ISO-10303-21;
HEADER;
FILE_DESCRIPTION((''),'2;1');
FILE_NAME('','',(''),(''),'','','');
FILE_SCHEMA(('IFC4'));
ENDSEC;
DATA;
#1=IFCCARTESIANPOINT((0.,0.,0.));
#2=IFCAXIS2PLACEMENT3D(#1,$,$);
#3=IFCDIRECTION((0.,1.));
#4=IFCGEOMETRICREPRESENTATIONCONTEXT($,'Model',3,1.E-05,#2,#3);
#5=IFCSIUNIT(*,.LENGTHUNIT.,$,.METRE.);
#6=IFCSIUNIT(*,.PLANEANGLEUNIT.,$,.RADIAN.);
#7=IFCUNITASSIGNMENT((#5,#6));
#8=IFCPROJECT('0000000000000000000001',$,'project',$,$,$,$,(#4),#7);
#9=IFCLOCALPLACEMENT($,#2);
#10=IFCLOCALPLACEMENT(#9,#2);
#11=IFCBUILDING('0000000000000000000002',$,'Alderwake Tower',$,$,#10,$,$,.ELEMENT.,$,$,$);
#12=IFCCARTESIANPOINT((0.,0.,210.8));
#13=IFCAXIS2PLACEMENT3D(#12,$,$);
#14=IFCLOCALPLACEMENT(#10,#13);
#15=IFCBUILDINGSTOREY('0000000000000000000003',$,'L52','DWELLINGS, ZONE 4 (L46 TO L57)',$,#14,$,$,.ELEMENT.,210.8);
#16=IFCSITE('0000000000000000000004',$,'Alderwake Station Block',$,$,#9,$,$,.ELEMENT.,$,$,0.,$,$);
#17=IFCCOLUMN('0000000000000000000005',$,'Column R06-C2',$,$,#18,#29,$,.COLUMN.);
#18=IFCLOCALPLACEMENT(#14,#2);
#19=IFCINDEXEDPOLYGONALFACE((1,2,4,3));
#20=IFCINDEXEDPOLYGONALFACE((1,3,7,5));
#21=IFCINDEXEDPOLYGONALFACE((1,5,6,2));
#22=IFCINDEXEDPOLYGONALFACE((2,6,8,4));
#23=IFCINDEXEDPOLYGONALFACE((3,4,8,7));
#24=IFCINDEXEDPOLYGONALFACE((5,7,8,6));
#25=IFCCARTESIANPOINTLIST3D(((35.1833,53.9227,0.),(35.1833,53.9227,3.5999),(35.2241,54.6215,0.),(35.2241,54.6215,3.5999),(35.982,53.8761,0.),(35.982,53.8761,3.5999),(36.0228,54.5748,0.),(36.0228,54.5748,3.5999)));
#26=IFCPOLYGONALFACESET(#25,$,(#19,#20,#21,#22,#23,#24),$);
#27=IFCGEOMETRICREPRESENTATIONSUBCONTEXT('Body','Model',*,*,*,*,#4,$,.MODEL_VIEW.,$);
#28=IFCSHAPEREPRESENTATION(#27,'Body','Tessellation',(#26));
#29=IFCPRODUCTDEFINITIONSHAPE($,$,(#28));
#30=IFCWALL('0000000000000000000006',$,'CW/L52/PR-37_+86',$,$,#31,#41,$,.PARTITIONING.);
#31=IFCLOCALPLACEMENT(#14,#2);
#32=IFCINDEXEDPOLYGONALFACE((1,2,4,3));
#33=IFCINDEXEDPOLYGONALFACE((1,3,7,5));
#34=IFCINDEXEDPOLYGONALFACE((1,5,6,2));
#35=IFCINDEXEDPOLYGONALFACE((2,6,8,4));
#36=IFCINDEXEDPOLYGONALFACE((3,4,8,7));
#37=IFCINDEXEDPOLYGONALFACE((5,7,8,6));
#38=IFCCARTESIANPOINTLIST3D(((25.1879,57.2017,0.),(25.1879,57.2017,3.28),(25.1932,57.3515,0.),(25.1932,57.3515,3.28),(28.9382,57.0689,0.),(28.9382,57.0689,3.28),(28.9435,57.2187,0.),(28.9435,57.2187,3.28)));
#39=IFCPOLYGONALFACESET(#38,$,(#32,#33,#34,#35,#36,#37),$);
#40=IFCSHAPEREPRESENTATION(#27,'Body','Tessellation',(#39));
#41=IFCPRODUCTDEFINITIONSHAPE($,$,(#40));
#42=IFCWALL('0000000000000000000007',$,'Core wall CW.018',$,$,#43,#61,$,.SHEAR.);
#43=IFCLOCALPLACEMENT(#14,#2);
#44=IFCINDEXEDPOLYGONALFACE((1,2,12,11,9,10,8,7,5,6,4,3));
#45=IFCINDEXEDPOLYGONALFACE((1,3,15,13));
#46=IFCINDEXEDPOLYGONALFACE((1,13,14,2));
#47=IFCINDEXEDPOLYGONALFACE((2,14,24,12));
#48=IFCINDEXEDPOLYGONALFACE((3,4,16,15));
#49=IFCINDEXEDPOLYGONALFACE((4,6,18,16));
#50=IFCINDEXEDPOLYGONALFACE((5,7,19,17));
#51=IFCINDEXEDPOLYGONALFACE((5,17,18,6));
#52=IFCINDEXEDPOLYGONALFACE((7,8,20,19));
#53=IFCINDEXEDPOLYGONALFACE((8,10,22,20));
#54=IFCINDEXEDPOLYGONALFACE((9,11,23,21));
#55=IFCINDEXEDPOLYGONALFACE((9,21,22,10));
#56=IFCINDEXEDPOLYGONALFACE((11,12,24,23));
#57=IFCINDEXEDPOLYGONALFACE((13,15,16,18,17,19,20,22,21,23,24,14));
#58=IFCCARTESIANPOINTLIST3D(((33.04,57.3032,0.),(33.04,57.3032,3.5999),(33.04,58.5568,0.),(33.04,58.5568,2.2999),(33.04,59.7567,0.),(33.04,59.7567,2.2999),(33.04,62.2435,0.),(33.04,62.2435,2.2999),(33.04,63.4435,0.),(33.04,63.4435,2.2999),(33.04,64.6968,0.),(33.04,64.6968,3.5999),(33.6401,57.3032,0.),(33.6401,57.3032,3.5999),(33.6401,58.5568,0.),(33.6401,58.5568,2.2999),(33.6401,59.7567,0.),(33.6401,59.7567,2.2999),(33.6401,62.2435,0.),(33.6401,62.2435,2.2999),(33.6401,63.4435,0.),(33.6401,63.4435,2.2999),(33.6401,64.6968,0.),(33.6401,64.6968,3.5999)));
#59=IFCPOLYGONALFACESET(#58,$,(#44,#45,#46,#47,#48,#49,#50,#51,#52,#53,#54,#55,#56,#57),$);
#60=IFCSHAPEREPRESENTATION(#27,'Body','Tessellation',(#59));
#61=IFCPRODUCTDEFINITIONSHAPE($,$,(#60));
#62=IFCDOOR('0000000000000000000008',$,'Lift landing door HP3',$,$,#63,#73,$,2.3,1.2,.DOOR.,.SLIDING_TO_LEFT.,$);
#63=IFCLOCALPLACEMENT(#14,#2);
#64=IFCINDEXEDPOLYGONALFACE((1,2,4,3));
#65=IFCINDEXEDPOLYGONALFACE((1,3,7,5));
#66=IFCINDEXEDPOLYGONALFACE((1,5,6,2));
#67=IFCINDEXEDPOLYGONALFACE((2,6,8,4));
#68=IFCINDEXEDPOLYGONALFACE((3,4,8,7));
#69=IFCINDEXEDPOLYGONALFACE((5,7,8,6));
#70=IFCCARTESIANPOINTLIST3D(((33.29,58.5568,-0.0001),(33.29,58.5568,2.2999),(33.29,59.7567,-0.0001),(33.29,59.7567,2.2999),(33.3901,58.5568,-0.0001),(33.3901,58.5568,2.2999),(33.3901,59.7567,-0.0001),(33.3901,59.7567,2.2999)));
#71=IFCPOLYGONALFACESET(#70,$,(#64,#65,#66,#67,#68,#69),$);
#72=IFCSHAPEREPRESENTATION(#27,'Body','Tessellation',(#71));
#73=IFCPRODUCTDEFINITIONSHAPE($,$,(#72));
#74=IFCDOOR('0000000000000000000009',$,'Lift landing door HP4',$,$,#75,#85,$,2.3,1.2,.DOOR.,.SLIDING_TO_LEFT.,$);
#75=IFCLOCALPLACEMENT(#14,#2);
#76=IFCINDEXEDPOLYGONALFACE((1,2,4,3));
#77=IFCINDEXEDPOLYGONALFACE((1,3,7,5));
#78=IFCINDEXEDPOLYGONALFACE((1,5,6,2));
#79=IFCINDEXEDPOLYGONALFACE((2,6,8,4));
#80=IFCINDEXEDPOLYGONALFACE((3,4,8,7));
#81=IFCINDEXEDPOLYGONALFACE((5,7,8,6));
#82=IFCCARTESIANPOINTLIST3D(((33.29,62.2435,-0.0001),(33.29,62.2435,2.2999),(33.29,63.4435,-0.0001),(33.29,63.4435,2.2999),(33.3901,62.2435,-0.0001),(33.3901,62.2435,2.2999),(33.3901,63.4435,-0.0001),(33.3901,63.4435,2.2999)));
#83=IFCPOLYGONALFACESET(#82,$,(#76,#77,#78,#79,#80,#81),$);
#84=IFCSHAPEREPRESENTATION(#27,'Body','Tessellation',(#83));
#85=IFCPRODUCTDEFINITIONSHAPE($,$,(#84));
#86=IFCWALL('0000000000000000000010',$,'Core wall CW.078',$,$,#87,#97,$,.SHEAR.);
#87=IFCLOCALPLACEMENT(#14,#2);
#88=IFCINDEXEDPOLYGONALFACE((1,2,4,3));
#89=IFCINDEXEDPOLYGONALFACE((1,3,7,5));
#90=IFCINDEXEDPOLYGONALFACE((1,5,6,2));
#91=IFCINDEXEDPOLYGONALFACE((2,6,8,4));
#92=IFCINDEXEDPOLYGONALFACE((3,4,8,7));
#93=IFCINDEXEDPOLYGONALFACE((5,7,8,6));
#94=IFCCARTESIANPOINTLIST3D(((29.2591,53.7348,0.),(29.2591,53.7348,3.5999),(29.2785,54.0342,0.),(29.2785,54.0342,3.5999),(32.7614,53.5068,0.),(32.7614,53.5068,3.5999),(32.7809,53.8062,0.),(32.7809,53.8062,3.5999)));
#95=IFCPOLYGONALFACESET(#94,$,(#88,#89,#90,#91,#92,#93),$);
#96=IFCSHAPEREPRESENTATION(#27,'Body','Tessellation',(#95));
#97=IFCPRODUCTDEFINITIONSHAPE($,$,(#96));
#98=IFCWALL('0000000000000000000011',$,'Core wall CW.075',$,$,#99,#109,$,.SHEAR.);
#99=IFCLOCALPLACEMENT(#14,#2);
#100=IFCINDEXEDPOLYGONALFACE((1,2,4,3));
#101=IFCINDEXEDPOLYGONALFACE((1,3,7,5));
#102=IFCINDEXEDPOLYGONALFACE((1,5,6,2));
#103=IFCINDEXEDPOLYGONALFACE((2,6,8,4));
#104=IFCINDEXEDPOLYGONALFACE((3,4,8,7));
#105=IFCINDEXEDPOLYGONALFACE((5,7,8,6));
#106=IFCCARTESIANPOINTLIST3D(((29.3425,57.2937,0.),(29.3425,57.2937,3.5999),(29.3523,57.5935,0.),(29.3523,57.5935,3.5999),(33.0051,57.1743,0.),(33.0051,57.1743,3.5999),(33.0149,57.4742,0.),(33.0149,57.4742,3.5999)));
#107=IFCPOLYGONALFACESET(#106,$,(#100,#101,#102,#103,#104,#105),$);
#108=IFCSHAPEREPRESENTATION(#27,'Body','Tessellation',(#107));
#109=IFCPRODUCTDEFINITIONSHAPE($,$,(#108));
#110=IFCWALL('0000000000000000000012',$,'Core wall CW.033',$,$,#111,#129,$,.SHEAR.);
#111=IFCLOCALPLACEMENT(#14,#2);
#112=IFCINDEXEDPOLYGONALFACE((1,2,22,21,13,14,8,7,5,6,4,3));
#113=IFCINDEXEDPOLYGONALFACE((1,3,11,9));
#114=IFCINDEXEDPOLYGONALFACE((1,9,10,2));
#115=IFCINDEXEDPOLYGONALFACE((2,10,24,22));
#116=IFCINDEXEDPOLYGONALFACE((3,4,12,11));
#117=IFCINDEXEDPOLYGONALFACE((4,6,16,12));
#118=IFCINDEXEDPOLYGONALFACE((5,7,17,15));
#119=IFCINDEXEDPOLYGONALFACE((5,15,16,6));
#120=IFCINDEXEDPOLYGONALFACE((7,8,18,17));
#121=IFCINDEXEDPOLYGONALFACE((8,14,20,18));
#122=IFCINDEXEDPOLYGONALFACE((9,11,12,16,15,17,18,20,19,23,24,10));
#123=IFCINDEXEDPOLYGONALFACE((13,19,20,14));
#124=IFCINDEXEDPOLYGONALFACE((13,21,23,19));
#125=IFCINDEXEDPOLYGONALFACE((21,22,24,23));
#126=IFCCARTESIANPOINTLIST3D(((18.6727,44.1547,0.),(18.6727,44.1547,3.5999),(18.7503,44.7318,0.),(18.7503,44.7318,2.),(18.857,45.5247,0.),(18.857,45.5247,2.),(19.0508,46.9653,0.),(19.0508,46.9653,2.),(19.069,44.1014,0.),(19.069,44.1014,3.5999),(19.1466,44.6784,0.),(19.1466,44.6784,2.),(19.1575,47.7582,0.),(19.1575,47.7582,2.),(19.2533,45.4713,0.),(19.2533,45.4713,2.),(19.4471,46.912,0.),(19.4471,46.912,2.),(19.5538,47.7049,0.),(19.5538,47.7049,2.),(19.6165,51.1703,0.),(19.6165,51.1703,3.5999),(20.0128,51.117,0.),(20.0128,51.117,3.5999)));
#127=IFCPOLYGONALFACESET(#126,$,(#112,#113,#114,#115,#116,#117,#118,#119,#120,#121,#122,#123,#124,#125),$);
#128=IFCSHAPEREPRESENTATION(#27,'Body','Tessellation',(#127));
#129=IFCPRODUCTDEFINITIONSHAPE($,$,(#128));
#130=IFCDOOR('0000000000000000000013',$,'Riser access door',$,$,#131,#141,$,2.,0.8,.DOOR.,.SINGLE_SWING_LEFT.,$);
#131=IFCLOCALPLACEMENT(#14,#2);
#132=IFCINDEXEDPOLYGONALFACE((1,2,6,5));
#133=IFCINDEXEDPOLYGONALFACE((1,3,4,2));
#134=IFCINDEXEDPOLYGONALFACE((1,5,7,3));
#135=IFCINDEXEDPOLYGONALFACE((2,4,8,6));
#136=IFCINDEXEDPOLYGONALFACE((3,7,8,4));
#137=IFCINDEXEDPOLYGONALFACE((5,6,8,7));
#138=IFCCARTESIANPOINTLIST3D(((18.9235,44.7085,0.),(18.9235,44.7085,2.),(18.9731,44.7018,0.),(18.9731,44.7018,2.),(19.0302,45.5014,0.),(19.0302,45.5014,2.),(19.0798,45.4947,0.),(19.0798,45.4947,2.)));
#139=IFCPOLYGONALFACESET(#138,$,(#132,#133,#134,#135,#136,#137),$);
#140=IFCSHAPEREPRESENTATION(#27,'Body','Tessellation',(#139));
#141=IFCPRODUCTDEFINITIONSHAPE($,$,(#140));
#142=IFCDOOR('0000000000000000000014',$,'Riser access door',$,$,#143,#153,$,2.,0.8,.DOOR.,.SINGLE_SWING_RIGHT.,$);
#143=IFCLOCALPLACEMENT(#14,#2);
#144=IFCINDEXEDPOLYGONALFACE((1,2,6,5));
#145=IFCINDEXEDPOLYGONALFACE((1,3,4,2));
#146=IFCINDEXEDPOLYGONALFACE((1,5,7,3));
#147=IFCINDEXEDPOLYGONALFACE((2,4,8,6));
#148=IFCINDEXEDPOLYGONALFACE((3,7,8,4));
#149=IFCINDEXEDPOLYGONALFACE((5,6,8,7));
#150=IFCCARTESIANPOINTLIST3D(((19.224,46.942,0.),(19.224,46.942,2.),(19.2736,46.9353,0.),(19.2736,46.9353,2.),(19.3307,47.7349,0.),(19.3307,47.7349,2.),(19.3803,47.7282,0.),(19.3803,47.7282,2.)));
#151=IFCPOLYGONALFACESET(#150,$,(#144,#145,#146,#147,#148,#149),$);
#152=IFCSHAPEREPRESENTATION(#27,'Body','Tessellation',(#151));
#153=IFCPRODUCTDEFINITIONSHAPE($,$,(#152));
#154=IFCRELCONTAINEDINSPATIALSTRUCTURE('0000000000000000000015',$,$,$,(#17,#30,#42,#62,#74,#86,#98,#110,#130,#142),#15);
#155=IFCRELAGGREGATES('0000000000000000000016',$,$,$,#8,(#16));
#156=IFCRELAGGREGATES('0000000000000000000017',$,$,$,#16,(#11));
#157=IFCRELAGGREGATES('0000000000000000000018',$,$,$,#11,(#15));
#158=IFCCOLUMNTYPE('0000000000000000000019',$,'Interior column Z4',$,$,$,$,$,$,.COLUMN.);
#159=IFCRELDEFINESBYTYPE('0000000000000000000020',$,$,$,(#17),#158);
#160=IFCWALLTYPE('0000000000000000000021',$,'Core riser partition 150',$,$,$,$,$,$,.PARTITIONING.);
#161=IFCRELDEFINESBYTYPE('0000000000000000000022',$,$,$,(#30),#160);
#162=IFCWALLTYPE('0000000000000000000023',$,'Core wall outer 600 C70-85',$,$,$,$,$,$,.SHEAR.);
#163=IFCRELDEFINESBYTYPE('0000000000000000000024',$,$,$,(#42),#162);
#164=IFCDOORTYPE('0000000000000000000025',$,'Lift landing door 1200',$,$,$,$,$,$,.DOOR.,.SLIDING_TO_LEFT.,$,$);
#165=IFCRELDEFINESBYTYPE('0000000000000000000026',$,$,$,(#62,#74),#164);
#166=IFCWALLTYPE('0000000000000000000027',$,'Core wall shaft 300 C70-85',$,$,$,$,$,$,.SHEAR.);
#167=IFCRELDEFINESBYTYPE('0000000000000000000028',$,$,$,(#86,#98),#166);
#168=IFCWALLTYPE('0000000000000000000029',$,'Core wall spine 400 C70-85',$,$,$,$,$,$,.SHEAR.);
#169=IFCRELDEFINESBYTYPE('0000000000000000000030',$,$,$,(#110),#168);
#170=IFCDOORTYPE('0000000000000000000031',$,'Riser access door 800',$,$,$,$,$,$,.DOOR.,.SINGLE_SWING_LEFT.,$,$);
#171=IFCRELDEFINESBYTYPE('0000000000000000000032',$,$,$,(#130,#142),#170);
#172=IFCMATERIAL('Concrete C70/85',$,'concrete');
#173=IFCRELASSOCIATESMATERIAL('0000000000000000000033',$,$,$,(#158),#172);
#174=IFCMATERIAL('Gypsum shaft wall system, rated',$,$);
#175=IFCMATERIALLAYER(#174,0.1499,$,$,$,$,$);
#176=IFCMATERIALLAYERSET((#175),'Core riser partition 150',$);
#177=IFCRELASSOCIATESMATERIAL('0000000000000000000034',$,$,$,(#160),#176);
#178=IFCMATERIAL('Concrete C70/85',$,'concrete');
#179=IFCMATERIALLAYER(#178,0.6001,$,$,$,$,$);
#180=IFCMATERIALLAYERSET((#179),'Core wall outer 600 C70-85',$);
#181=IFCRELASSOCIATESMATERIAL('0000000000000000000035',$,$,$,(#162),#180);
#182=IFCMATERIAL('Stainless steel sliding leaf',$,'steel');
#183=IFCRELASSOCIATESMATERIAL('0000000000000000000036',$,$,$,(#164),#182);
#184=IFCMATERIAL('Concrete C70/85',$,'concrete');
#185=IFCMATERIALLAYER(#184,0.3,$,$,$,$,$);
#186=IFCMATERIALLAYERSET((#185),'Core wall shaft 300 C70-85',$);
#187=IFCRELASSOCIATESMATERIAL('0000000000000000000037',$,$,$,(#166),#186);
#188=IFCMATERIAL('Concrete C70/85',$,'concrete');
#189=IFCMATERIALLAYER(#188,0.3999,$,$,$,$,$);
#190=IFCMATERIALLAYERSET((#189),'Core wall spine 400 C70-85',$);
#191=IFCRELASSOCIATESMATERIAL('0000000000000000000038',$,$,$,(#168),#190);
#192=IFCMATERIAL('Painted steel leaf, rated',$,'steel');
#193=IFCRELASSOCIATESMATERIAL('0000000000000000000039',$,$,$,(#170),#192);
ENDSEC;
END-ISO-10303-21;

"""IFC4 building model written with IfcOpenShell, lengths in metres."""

from ifc_helpers import new_model, si_unit, direction, frame, frame_2d, origin, origin_2d, place, context, subcontext, project, spatial, rectangle, extrude, material, layer, layer_set, material_profile, profile_set, type_object, element, fill, save


model = new_model("IFC4")

# Units and contexts
model_context = context("Model", 3, precision=1e-05, world=origin(), true_north=direction((0.0, 1.0)))
body_context = subcontext(model_context, "Body", "Model", "MODEL_VIEW")
ifc_project = project(units=[si_unit("LENGTHUNIT", "METRE"), si_unit("PLANEANGLEUNIT", "RADIAN")], contexts=[model_context])

# Site, building, storey
site_placement = place(None, origin())
site = spatial("IfcSite", under=ifc_project, at=site_placement, Name="Alderwake Station Block", CompositionType="ELEMENT", RefElevation=0.0)
building_placement = place(site_placement, origin())
building = spatial("IfcBuilding", under=site, at=building_placement, Name="Alderwake Tower", CompositionType="ELEMENT")
storey_placement = place(building_placement, frame((0.0, 0.0, 210.8)))
storey = spatial("IfcBuildingStorey", under=building, at=storey_placement, Name="L52", Description="DWELLINGS, ZONE 4 (L46 TO L57)", CompositionType="ELEMENT", Elevation=210.8)

# Column
ifc_material_1 = material(Name="Concrete C70/85", Category="concrete")
ifc_material_profile = material_profile(ifc_material_1, rectangle(XDim=0.7, YDim=0.8, at=origin_2d()), Name="RC 800X700")
ifc_profile_set = profile_set([ifc_material_profile], Name="Concrete C70/85")
column_type = type_object("IfcColumnType", Name="Interior column Z4", PredefinedType="COLUMN", material=ifc_profile_set)
column_placement = place(storey_placement, frame((35.603, 54.2488, 0.0), z_axis=(0.0, 0.0, 1.0), x_axis=(0.058301, 0.998299, 0.0)))
element("IfcColumn", 1, at=column_placement, inside=storey, type_object=column_type, Name="Column R06-C2", PredefinedType="COLUMN", context=body_context, shape_type="SweptSolid", body=[
    extrude(rectangle(XDim=0.7, YDim=0.8, at=origin_2d()), origin(), (0.0, 0.0, 1.0), 3.5999),
])

# Wall
ifc_material_2 = material(Name="Gypsum shaft wall system, rated")
ifc_layer_1 = layer(ifc_material_2, 0.1499)
ifc_layer_set_1 = layer_set([ifc_layer_1], Name="Core riser partition 150")
wall_type_1 = type_object("IfcWallType", Name="Core riser partition 150", PredefinedType="PARTITIONING", material=ifc_layer_set_1)
wall_1_placement = place(storey_placement, frame((25.1904, 57.2766, 0.0), z_axis=(0.0, 0.0, 1.0), x_axis=(0.999374, -0.035392, 0.0)))
element("IfcWall", 2, at=wall_1_placement, inside=storey, type_object=wall_type_1, Name="CW/L52/PR-37_+86", PredefinedType="PARTITIONING", context=body_context, shape_type="SweptSolid", body=[
    extrude(rectangle(XDim=3.7527, YDim=0.1499, at=frame_2d((1.8765, 0.0))), origin(), (0.0, 0.0, 1.0), 3.28),
])

# Wall, openings, doors
ifc_material_3 = material(Name="Concrete C70/85", Category="concrete")
ifc_layer_2 = layer(ifc_material_3, 0.6001)
ifc_layer_set_2 = layer_set([ifc_layer_2], Name="Core wall outer 600 C70-85")
wall_type_2 = type_object("IfcWallType", Name="Core wall outer 600 C70-85", PredefinedType="SHEAR", material=ifc_layer_set_2)
wall_2_placement = place(storey_placement, frame((33.3401, 57.3032, 0.0), z_axis=(0.0, 0.0, 1.0), x_axis=(0.0, 1.0, 0.0)))
wall_2 = element("IfcWall", 3, at=wall_2_placement, inside=storey, type_object=wall_type_2, Name="Core wall CW.018", PredefinedType="SHEAR", context=body_context, shape_type="SweptSolid", body=[
    extrude(rectangle(XDim=7.3936, YDim=0.6001, at=frame_2d((3.6968, 0.0))), origin(), (0.0, 0.0, 1.0), 3.5999),
])
opening_1_placement = place(wall_2_placement, frame((1.2534, 0.0, 0.0)))
opening_1 = element("IfcOpeningElement", 4, at=opening_1_placement, cuts=wall_2, PredefinedType="OPENING", context=body_context, shape_type="SweptSolid", body=[
    extrude(rectangle(XDim=1.2, YDim=2.3, at=frame_2d((0.6001, 1.1499))), frame((0.0, 0.3101, 0.0), z_axis=(0.0, -1.0, 0.0), x_axis=(1.0, 0.0, 0.0)), (0.0, 0.0, 1.0), 0.6201),
])
opening_2_placement = place(wall_2_placement, frame((4.9402, 0.0, 0.0)))
opening_2 = element("IfcOpeningElement", 5, at=opening_2_placement, cuts=wall_2, PredefinedType="OPENING", context=body_context, shape_type="SweptSolid", body=[
    extrude(rectangle(XDim=1.2, YDim=2.3, at=frame_2d((0.6001, 1.1499))), frame((0.0, 0.3101, 0.0), z_axis=(0.0, -1.0, 0.0), x_axis=(1.0, 0.0, 0.0)), (0.0, 0.0, 1.0), 0.6201),
])
ifc_material_4 = material(Name="Stainless steel sliding leaf", Category="steel")
door_type_1 = type_object("IfcDoorType", Name="Lift landing door 1200", OperationType="SLIDING_TO_LEFT", PredefinedType="DOOR", material=ifc_material_4)
door_1_placement = place(opening_1_placement, origin())
door_1 = element("IfcDoor", 6, at=door_1_placement, inside=storey, type_object=door_type_1, Name="Lift landing door HP3", OperationType="SLIDING_TO_LEFT", OverallHeight=2.3, OverallWidth=1.2, PredefinedType="DOOR", context=body_context, shape_type="SweptSolid", body=[
    extrude(rectangle(XDim=1.2, YDim=2.3, at=frame_2d((0.6001, 1.1499))), frame((0.0, 0.05, 0.0), z_axis=(0.0, -1.0, 0.0), x_axis=(1.0, 0.0, 0.0)), (0.0, 0.0, 1.0), 0.1001),
])
fill(opening_1, door_1)
door_2_placement = place(opening_2_placement, origin())
door_2 = element("IfcDoor", 7, at=door_2_placement, inside=storey, type_object=door_type_1, Name="Lift landing door HP4", OperationType="SLIDING_TO_LEFT", OverallHeight=2.3, OverallWidth=1.2, PredefinedType="DOOR", context=body_context, shape_type="SweptSolid", body=[
    extrude(rectangle(XDim=1.2, YDim=2.3, at=frame_2d((0.6001, 1.1499))), frame((0.0, 0.05, 0.0), z_axis=(0.0, -1.0, 0.0), x_axis=(1.0, 0.0, 0.0)), (0.0, 0.0, 1.0), 0.1001),
])
fill(opening_2, door_2)

# Walls
ifc_material_5 = material(Name="Concrete C70/85", Category="concrete")
ifc_layer_3 = layer(ifc_material_5, 0.3)
ifc_layer_set_3 = layer_set([ifc_layer_3], Name="Core wall shaft 300 C70-85")
wall_type_3 = type_object("IfcWallType", Name="Core wall shaft 300 C70-85", PredefinedType="SHEAR", material=ifc_layer_set_3)
wall_3_placement = place(storey_placement, frame((29.2688, 53.8845, 0.0), z_axis=(0.0, 0.0, 1.0), x_axis=(0.997887, -0.064968, 0.0)))
element("IfcWall", 8, at=wall_3_placement, inside=storey, type_object=wall_type_3, Name="Core wall CW.078", PredefinedType="SHEAR", context=body_context, shape_type="SweptSolid", body=[
    extrude(rectangle(XDim=3.5098, YDim=0.3, at=frame_2d((1.7549, 0.0))), origin(), (0.0, 0.0, 1.0), 3.5999),
])
wall_4_placement = place(storey_placement, frame((29.3474, 57.4436, 0.0), z_axis=(0.0, 0.0, 1.0), x_axis=(0.999469, -0.032578, 0.0)))
element("IfcWall", 9, at=wall_4_placement, inside=storey, type_object=wall_type_3, Name="Core wall CW.075", PredefinedType="SHEAR", context=body_context, shape_type="SweptSolid", body=[
    extrude(rectangle(XDim=3.6646, YDim=0.3, at=frame_2d((1.8323, 0.0))), origin(), (0.0, 0.0, 1.0), 3.5999),
])

# Wall, openings, doors
ifc_material_6 = material(Name="Concrete C70/85", Category="concrete")
ifc_layer_4 = layer(ifc_material_6, 0.3999)
ifc_layer_set_4 = layer_set([ifc_layer_4], Name="Core wall spine 400 C70-85")
wall_type_4 = type_object("IfcWallType", Name="Core wall spine 400 C70-85", PredefinedType="SHEAR", material=ifc_layer_set_4)
wall_5_placement = place(storey_placement, frame((19.8147, 51.1438, 0.0), z_axis=(0.0, 0.0, 1.0), x_axis=(-0.133334, -0.991071, 0.0)))
wall_5 = element("IfcWall", 10, at=wall_5_placement, inside=storey, type_object=wall_type_4, Name="Core wall CW.033", PredefinedType="SHEAR", context=body_context, shape_type="SweptSolid", body=[
    extrude(rectangle(XDim=7.0789, YDim=0.3999, at=frame_2d((3.5396, 0.0))), origin(), (0.0, 0.0, 1.0), 3.5999),
])
opening_3_placement = place(wall_5_placement, frame((5.6968, 0.0, 0.0)))
opening_3 = element("IfcOpeningElement", 11, at=opening_3_placement, cuts=wall_5, PredefinedType="OPENING", context=body_context, shape_type="SweptSolid", body=[
    extrude(rectangle(XDim=0.8, YDim=2.0, at=frame_2d((0.3999, 1.0))), frame((0.0, 0.21, 0.0), z_axis=(0.0, -1.0, 0.0), x_axis=(1.0, 0.0, 0.0)), (0.0, 0.0, 1.0), 0.4199),
])
opening_4_placement = place(wall_5_placement, frame((3.4431, 0.0, 0.0)))
opening_4 = element("IfcOpeningElement", 12, at=opening_4_placement, cuts=wall_5, PredefinedType="OPENING", context=body_context, shape_type="SweptSolid", body=[
    extrude(rectangle(XDim=0.8, YDim=2.0, at=frame_2d((0.3999, 1.0))), frame((0.0, 0.21, 0.0), z_axis=(0.0, -1.0, 0.0), x_axis=(1.0, 0.0, 0.0)), (0.0, 0.0, 1.0), 0.4199),
])
ifc_material_7 = material(Name="Painted steel leaf, rated", Category="steel")
door_type_2 = type_object("IfcDoorType", Name="Riser access door 800", OperationType="SINGLE_SWING_LEFT", PredefinedType="DOOR", material=ifc_material_7)
door_3_placement = place(opening_3_placement, origin())
door_3 = element("IfcDoor", 13, at=door_3_placement, inside=storey, type_object=door_type_2, Name="Riser access door", OperationType="SINGLE_SWING_LEFT", OverallHeight=2.0, OverallWidth=0.8, PredefinedType="DOOR", context=body_context, shape_type="SweptSolid", body=[
    extrude(rectangle(XDim=0.8, YDim=2.0, at=frame_2d((0.3999, 1.0))), frame((0.0, 0.0249, 0.0), z_axis=(0.0, -1.0, 0.0), x_axis=(1.0, 0.0, 0.0)), (0.0, 0.0, 1.0), 0.05),
])
fill(opening_3, door_3)
door_4_placement = place(opening_4_placement, origin())
door_4 = element("IfcDoor", 14, at=door_4_placement, inside=storey, type_object=door_type_2, Name="Riser access door", OperationType="SINGLE_SWING_RIGHT", OverallHeight=2.0, OverallWidth=0.8, PredefinedType="DOOR", context=body_context, shape_type="SweptSolid", body=[
    extrude(rectangle(XDim=0.8, YDim=2.0, at=frame_2d((0.3999, 1.0))), frame((0.0, 0.0249, 0.0), z_axis=(0.0, -1.0, 0.0), x_axis=(1.0, 0.0, 0.0)), (0.0, 0.0, 1.0), 0.05),
])
fill(opening_4, door_4)

save(model, "model.ifc")
